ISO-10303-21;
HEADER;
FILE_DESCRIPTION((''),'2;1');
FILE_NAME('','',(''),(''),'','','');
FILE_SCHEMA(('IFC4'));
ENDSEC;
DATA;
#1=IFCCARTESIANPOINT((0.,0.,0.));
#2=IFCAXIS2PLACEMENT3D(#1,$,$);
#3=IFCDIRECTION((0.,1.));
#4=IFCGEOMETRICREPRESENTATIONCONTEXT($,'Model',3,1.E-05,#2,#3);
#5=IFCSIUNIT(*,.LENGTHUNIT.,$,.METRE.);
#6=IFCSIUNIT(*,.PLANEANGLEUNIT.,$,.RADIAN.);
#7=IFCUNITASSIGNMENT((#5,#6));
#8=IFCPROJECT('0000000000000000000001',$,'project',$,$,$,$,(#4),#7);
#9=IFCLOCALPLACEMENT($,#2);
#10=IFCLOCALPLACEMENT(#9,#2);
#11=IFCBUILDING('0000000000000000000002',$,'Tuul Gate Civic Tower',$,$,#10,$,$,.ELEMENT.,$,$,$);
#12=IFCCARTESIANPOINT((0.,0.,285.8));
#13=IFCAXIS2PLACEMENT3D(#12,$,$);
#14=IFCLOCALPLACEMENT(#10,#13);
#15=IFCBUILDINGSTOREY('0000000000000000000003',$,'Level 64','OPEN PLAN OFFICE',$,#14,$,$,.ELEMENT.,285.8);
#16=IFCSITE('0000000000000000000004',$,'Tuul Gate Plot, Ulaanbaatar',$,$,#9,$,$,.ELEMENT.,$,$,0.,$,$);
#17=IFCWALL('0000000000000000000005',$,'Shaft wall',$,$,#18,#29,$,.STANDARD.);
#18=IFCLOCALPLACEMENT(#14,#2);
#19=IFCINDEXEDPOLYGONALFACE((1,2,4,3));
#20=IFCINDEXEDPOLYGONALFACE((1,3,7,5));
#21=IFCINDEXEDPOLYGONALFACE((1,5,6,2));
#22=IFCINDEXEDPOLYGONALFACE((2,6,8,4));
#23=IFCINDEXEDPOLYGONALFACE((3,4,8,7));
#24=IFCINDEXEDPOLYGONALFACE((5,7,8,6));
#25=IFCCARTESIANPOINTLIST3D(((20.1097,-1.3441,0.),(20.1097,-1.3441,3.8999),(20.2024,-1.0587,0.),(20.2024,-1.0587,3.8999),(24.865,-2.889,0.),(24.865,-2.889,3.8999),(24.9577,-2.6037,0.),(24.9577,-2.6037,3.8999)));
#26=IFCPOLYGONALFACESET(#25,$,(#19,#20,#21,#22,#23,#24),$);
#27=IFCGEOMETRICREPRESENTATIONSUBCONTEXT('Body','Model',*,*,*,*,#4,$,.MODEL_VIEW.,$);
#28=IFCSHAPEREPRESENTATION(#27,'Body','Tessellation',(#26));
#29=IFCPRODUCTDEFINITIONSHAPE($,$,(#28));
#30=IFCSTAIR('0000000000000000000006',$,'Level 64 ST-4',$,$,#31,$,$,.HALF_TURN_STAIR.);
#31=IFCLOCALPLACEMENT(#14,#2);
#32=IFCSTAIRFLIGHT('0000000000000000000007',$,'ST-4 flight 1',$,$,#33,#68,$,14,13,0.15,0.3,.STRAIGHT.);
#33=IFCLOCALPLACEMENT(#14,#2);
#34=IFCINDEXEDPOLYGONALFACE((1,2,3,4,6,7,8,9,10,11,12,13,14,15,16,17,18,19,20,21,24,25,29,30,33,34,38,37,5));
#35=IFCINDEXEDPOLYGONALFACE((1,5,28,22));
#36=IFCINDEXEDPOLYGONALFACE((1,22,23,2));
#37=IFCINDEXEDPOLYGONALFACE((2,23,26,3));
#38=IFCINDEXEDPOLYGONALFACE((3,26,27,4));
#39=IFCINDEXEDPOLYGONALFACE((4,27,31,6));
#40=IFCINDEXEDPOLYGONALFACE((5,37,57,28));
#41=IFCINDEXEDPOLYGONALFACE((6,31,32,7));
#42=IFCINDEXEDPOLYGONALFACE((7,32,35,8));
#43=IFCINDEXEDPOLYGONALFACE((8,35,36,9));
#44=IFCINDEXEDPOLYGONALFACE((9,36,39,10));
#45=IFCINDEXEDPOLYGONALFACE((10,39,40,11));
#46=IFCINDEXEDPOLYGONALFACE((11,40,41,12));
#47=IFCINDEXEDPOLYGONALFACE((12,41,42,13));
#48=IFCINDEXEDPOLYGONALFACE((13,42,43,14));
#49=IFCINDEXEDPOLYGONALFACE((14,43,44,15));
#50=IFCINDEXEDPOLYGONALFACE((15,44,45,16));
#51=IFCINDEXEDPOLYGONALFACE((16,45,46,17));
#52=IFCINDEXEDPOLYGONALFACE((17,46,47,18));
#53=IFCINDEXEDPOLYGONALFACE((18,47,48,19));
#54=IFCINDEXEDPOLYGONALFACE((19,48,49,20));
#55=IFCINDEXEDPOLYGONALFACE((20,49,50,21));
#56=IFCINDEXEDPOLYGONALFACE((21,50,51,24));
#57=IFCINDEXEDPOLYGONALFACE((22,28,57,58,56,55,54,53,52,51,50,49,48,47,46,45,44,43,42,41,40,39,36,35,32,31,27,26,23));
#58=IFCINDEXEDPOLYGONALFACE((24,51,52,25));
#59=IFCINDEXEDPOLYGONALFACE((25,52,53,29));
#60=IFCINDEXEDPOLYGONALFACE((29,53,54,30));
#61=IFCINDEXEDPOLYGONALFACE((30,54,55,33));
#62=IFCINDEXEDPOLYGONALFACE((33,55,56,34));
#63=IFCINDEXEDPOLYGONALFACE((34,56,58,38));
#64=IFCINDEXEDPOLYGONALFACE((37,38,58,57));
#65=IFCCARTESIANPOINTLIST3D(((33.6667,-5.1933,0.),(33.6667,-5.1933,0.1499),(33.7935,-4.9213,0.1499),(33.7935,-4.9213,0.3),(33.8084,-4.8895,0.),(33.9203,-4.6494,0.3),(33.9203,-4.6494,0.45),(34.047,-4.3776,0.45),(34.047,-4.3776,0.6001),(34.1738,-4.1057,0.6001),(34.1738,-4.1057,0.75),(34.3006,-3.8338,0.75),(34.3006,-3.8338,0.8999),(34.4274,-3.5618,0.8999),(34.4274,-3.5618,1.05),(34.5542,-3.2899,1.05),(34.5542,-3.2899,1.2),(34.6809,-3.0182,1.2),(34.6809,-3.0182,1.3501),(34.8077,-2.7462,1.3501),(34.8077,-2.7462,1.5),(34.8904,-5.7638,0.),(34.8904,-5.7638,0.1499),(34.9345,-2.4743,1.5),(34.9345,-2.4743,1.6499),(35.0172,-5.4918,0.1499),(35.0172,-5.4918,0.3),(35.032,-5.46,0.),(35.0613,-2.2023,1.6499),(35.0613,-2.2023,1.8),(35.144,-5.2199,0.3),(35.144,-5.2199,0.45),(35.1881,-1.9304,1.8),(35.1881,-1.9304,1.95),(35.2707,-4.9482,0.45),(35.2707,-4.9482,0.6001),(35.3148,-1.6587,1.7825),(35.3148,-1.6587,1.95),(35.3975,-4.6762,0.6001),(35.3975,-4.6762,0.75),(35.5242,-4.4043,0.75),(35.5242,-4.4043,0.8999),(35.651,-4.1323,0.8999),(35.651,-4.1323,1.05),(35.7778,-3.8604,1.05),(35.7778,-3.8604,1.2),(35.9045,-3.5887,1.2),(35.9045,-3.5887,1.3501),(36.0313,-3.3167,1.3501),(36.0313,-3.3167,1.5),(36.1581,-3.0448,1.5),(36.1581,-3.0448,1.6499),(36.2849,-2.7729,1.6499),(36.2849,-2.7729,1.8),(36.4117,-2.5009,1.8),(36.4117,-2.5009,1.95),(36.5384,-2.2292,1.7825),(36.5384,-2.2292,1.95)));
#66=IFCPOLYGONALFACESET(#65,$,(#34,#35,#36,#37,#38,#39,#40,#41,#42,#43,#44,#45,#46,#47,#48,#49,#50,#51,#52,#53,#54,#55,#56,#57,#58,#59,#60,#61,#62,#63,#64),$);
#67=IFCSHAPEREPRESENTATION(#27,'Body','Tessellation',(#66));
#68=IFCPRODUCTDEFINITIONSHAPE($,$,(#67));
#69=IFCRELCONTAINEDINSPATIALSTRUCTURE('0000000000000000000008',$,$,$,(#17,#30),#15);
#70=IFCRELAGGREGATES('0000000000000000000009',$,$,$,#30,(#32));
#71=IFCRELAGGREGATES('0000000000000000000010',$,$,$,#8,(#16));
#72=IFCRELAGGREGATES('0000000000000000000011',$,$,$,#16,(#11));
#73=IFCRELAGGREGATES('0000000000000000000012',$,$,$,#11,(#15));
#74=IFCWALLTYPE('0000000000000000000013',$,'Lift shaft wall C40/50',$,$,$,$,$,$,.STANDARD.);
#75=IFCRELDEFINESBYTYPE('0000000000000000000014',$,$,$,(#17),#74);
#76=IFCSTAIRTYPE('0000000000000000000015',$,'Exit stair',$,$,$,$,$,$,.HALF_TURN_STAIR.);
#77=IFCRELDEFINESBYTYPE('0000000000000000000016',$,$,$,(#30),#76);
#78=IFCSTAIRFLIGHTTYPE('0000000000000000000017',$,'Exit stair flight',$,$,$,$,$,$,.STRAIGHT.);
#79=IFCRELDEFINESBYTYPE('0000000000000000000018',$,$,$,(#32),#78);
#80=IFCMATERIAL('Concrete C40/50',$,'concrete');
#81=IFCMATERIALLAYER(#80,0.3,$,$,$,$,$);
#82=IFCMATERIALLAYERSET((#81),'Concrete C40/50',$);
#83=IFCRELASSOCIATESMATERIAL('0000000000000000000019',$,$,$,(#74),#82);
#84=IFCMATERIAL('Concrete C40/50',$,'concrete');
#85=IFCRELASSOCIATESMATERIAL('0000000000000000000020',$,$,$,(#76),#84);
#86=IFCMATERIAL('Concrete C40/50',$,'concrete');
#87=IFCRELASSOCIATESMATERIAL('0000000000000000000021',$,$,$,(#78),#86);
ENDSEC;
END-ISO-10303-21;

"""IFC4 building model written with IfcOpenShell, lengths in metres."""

from ifc_helpers import new_model, si_unit, direction, frame, frame_2d, origin, place, context, subcontext, project, spatial, polyline, rectangle, outline, extrude, material, layer, layer_set, type_object, element, aggregate, save


model = new_model("IFC4")

# Units and contexts
model_context = context("Model", 3, precision=1e-05, world=origin(), true_north=direction((0.0, 1.0)))
body_context = subcontext(model_context, "Body", "Model", "MODEL_VIEW")
ifc_project = project(units=[si_unit("LENGTHUNIT", "METRE"), si_unit("PLANEANGLEUNIT", "RADIAN")], contexts=[model_context])

# Site, building, storey
site_placement = place(None, origin())
site = spatial("IfcSite", under=ifc_project, at=site_placement, Name="Tuul Gate Plot, Ulaanbaatar", CompositionType="ELEMENT", RefElevation=0.0)
building_placement = place(site_placement, origin())
building = spatial("IfcBuilding", under=site, at=building_placement, Name="Tuul Gate Civic Tower", CompositionType="ELEMENT")
storey_placement = place(building_placement, frame((0.0, 0.0, 285.8)))
storey = spatial("IfcBuildingStorey", under=building, at=storey_placement, Name="Level 64", Description="OPEN PLAN OFFICE", CompositionType="ELEMENT", Elevation=285.8)

# Wall
ifc_material_1 = material(Name="Concrete C40/50", Category="concrete")
ifc_layer_1 = layer(ifc_material_1, 0.3)
ifc_layer_set_1 = layer_set([ifc_layer_1], Name="Concrete C40/50")
wall_type_1 = type_object("IfcWallType", Name="Lift shaft wall C40/50", PredefinedType="STANDARD", material=ifc_layer_set_1)
wall_1_placement = place(storey_placement, frame((24.9114, -2.7463, 0.0), z_axis=(0.0, 0.0, 1.0), x_axis=(-0.951068, 0.308982, 0.0)))
element("IfcWall", 1, at=wall_1_placement, inside=storey, type_object=wall_type_1, Name="Shaft wall", PredefinedType="STANDARD", context=body_context, shape_type="SweptSolid", body=[
    extrude(rectangle(XDim=5.0, YDim=0.3, at=frame_2d((2.5, 0.0))), origin(), (0.0, 0.0, 1.0), 3.8999),
])

# Stair, stair flight
ifc_material_2 = material(Name="Concrete C40/50", Category="concrete")
stair_type = type_object("IfcStairType", Name="Exit stair", PredefinedType="HALF_TURN_STAIR", material=ifc_material_2)
stair_placement = place(storey_placement, origin())
stair = element("IfcStair", 2, at=stair_placement, inside=storey, type_object=stair_type, Name="Level 64 ST-4", PredefinedType="HALF_TURN_STAIR")
ifc_material_3 = material(Name="Concrete C40/50", Category="concrete")
stair_flight_type = type_object("IfcStairFlightType", Name="Exit stair flight", PredefinedType="STRAIGHT", material=ifc_material_3)
stair_flight_placement = place(storey_placement, frame((34.2786, -5.4785, 0.0), z_axis=(0.0, 0.0, 1.0), x_axis=(0.422576, 0.906327, 0.0)))
stair_flight = element("IfcStairFlight", 3, at=stair_flight_placement, type_object=stair_flight_type, Name="ST-4 flight 1", NumberOfRisers=14, NumberOfTreads=13, PredefinedType="STRAIGHT", RiserHeight=0.15, TreadLength=0.3, context=body_context, shape_type="SweptSolid", body=[
    extrude(outline(polyline([(0.0, 0.0), (0.0, 0.1499), (0.3, 0.1499), (0.3, 0.3), (0.6001, 0.3), (0.6001, 0.45), (0.8999, 0.45), (0.8999, 0.6001), (1.2, 0.6001), (1.2, 0.75), (1.5, 0.75), (1.5, 0.8999), (1.8, 0.8999), (1.8, 1.05), (2.1001, 1.05), (2.1001, 1.2), (2.3999, 1.2), (2.3999, 1.3501), (2.7, 1.3501), (2.7, 1.5), (3.0, 1.5), (3.0, 1.6499), (3.3, 1.6499), (3.3, 1.8), (3.6001, 1.8), (3.6001, 1.95), (3.8999, 1.95), (3.8999, 2.1001), (3.8999, 1.7825), (0.3352, 0.0), (0.0, 0.0)])), frame((0.0, 0.675, 0.0), z_axis=(0.0, -1.0, 0.0), x_axis=(1.0, 0.0, 0.0)), (0.0, 0.0, 1.0), 1.3501),
])
aggregate(stair, [stair_flight])

save(model, "model.ifc")
